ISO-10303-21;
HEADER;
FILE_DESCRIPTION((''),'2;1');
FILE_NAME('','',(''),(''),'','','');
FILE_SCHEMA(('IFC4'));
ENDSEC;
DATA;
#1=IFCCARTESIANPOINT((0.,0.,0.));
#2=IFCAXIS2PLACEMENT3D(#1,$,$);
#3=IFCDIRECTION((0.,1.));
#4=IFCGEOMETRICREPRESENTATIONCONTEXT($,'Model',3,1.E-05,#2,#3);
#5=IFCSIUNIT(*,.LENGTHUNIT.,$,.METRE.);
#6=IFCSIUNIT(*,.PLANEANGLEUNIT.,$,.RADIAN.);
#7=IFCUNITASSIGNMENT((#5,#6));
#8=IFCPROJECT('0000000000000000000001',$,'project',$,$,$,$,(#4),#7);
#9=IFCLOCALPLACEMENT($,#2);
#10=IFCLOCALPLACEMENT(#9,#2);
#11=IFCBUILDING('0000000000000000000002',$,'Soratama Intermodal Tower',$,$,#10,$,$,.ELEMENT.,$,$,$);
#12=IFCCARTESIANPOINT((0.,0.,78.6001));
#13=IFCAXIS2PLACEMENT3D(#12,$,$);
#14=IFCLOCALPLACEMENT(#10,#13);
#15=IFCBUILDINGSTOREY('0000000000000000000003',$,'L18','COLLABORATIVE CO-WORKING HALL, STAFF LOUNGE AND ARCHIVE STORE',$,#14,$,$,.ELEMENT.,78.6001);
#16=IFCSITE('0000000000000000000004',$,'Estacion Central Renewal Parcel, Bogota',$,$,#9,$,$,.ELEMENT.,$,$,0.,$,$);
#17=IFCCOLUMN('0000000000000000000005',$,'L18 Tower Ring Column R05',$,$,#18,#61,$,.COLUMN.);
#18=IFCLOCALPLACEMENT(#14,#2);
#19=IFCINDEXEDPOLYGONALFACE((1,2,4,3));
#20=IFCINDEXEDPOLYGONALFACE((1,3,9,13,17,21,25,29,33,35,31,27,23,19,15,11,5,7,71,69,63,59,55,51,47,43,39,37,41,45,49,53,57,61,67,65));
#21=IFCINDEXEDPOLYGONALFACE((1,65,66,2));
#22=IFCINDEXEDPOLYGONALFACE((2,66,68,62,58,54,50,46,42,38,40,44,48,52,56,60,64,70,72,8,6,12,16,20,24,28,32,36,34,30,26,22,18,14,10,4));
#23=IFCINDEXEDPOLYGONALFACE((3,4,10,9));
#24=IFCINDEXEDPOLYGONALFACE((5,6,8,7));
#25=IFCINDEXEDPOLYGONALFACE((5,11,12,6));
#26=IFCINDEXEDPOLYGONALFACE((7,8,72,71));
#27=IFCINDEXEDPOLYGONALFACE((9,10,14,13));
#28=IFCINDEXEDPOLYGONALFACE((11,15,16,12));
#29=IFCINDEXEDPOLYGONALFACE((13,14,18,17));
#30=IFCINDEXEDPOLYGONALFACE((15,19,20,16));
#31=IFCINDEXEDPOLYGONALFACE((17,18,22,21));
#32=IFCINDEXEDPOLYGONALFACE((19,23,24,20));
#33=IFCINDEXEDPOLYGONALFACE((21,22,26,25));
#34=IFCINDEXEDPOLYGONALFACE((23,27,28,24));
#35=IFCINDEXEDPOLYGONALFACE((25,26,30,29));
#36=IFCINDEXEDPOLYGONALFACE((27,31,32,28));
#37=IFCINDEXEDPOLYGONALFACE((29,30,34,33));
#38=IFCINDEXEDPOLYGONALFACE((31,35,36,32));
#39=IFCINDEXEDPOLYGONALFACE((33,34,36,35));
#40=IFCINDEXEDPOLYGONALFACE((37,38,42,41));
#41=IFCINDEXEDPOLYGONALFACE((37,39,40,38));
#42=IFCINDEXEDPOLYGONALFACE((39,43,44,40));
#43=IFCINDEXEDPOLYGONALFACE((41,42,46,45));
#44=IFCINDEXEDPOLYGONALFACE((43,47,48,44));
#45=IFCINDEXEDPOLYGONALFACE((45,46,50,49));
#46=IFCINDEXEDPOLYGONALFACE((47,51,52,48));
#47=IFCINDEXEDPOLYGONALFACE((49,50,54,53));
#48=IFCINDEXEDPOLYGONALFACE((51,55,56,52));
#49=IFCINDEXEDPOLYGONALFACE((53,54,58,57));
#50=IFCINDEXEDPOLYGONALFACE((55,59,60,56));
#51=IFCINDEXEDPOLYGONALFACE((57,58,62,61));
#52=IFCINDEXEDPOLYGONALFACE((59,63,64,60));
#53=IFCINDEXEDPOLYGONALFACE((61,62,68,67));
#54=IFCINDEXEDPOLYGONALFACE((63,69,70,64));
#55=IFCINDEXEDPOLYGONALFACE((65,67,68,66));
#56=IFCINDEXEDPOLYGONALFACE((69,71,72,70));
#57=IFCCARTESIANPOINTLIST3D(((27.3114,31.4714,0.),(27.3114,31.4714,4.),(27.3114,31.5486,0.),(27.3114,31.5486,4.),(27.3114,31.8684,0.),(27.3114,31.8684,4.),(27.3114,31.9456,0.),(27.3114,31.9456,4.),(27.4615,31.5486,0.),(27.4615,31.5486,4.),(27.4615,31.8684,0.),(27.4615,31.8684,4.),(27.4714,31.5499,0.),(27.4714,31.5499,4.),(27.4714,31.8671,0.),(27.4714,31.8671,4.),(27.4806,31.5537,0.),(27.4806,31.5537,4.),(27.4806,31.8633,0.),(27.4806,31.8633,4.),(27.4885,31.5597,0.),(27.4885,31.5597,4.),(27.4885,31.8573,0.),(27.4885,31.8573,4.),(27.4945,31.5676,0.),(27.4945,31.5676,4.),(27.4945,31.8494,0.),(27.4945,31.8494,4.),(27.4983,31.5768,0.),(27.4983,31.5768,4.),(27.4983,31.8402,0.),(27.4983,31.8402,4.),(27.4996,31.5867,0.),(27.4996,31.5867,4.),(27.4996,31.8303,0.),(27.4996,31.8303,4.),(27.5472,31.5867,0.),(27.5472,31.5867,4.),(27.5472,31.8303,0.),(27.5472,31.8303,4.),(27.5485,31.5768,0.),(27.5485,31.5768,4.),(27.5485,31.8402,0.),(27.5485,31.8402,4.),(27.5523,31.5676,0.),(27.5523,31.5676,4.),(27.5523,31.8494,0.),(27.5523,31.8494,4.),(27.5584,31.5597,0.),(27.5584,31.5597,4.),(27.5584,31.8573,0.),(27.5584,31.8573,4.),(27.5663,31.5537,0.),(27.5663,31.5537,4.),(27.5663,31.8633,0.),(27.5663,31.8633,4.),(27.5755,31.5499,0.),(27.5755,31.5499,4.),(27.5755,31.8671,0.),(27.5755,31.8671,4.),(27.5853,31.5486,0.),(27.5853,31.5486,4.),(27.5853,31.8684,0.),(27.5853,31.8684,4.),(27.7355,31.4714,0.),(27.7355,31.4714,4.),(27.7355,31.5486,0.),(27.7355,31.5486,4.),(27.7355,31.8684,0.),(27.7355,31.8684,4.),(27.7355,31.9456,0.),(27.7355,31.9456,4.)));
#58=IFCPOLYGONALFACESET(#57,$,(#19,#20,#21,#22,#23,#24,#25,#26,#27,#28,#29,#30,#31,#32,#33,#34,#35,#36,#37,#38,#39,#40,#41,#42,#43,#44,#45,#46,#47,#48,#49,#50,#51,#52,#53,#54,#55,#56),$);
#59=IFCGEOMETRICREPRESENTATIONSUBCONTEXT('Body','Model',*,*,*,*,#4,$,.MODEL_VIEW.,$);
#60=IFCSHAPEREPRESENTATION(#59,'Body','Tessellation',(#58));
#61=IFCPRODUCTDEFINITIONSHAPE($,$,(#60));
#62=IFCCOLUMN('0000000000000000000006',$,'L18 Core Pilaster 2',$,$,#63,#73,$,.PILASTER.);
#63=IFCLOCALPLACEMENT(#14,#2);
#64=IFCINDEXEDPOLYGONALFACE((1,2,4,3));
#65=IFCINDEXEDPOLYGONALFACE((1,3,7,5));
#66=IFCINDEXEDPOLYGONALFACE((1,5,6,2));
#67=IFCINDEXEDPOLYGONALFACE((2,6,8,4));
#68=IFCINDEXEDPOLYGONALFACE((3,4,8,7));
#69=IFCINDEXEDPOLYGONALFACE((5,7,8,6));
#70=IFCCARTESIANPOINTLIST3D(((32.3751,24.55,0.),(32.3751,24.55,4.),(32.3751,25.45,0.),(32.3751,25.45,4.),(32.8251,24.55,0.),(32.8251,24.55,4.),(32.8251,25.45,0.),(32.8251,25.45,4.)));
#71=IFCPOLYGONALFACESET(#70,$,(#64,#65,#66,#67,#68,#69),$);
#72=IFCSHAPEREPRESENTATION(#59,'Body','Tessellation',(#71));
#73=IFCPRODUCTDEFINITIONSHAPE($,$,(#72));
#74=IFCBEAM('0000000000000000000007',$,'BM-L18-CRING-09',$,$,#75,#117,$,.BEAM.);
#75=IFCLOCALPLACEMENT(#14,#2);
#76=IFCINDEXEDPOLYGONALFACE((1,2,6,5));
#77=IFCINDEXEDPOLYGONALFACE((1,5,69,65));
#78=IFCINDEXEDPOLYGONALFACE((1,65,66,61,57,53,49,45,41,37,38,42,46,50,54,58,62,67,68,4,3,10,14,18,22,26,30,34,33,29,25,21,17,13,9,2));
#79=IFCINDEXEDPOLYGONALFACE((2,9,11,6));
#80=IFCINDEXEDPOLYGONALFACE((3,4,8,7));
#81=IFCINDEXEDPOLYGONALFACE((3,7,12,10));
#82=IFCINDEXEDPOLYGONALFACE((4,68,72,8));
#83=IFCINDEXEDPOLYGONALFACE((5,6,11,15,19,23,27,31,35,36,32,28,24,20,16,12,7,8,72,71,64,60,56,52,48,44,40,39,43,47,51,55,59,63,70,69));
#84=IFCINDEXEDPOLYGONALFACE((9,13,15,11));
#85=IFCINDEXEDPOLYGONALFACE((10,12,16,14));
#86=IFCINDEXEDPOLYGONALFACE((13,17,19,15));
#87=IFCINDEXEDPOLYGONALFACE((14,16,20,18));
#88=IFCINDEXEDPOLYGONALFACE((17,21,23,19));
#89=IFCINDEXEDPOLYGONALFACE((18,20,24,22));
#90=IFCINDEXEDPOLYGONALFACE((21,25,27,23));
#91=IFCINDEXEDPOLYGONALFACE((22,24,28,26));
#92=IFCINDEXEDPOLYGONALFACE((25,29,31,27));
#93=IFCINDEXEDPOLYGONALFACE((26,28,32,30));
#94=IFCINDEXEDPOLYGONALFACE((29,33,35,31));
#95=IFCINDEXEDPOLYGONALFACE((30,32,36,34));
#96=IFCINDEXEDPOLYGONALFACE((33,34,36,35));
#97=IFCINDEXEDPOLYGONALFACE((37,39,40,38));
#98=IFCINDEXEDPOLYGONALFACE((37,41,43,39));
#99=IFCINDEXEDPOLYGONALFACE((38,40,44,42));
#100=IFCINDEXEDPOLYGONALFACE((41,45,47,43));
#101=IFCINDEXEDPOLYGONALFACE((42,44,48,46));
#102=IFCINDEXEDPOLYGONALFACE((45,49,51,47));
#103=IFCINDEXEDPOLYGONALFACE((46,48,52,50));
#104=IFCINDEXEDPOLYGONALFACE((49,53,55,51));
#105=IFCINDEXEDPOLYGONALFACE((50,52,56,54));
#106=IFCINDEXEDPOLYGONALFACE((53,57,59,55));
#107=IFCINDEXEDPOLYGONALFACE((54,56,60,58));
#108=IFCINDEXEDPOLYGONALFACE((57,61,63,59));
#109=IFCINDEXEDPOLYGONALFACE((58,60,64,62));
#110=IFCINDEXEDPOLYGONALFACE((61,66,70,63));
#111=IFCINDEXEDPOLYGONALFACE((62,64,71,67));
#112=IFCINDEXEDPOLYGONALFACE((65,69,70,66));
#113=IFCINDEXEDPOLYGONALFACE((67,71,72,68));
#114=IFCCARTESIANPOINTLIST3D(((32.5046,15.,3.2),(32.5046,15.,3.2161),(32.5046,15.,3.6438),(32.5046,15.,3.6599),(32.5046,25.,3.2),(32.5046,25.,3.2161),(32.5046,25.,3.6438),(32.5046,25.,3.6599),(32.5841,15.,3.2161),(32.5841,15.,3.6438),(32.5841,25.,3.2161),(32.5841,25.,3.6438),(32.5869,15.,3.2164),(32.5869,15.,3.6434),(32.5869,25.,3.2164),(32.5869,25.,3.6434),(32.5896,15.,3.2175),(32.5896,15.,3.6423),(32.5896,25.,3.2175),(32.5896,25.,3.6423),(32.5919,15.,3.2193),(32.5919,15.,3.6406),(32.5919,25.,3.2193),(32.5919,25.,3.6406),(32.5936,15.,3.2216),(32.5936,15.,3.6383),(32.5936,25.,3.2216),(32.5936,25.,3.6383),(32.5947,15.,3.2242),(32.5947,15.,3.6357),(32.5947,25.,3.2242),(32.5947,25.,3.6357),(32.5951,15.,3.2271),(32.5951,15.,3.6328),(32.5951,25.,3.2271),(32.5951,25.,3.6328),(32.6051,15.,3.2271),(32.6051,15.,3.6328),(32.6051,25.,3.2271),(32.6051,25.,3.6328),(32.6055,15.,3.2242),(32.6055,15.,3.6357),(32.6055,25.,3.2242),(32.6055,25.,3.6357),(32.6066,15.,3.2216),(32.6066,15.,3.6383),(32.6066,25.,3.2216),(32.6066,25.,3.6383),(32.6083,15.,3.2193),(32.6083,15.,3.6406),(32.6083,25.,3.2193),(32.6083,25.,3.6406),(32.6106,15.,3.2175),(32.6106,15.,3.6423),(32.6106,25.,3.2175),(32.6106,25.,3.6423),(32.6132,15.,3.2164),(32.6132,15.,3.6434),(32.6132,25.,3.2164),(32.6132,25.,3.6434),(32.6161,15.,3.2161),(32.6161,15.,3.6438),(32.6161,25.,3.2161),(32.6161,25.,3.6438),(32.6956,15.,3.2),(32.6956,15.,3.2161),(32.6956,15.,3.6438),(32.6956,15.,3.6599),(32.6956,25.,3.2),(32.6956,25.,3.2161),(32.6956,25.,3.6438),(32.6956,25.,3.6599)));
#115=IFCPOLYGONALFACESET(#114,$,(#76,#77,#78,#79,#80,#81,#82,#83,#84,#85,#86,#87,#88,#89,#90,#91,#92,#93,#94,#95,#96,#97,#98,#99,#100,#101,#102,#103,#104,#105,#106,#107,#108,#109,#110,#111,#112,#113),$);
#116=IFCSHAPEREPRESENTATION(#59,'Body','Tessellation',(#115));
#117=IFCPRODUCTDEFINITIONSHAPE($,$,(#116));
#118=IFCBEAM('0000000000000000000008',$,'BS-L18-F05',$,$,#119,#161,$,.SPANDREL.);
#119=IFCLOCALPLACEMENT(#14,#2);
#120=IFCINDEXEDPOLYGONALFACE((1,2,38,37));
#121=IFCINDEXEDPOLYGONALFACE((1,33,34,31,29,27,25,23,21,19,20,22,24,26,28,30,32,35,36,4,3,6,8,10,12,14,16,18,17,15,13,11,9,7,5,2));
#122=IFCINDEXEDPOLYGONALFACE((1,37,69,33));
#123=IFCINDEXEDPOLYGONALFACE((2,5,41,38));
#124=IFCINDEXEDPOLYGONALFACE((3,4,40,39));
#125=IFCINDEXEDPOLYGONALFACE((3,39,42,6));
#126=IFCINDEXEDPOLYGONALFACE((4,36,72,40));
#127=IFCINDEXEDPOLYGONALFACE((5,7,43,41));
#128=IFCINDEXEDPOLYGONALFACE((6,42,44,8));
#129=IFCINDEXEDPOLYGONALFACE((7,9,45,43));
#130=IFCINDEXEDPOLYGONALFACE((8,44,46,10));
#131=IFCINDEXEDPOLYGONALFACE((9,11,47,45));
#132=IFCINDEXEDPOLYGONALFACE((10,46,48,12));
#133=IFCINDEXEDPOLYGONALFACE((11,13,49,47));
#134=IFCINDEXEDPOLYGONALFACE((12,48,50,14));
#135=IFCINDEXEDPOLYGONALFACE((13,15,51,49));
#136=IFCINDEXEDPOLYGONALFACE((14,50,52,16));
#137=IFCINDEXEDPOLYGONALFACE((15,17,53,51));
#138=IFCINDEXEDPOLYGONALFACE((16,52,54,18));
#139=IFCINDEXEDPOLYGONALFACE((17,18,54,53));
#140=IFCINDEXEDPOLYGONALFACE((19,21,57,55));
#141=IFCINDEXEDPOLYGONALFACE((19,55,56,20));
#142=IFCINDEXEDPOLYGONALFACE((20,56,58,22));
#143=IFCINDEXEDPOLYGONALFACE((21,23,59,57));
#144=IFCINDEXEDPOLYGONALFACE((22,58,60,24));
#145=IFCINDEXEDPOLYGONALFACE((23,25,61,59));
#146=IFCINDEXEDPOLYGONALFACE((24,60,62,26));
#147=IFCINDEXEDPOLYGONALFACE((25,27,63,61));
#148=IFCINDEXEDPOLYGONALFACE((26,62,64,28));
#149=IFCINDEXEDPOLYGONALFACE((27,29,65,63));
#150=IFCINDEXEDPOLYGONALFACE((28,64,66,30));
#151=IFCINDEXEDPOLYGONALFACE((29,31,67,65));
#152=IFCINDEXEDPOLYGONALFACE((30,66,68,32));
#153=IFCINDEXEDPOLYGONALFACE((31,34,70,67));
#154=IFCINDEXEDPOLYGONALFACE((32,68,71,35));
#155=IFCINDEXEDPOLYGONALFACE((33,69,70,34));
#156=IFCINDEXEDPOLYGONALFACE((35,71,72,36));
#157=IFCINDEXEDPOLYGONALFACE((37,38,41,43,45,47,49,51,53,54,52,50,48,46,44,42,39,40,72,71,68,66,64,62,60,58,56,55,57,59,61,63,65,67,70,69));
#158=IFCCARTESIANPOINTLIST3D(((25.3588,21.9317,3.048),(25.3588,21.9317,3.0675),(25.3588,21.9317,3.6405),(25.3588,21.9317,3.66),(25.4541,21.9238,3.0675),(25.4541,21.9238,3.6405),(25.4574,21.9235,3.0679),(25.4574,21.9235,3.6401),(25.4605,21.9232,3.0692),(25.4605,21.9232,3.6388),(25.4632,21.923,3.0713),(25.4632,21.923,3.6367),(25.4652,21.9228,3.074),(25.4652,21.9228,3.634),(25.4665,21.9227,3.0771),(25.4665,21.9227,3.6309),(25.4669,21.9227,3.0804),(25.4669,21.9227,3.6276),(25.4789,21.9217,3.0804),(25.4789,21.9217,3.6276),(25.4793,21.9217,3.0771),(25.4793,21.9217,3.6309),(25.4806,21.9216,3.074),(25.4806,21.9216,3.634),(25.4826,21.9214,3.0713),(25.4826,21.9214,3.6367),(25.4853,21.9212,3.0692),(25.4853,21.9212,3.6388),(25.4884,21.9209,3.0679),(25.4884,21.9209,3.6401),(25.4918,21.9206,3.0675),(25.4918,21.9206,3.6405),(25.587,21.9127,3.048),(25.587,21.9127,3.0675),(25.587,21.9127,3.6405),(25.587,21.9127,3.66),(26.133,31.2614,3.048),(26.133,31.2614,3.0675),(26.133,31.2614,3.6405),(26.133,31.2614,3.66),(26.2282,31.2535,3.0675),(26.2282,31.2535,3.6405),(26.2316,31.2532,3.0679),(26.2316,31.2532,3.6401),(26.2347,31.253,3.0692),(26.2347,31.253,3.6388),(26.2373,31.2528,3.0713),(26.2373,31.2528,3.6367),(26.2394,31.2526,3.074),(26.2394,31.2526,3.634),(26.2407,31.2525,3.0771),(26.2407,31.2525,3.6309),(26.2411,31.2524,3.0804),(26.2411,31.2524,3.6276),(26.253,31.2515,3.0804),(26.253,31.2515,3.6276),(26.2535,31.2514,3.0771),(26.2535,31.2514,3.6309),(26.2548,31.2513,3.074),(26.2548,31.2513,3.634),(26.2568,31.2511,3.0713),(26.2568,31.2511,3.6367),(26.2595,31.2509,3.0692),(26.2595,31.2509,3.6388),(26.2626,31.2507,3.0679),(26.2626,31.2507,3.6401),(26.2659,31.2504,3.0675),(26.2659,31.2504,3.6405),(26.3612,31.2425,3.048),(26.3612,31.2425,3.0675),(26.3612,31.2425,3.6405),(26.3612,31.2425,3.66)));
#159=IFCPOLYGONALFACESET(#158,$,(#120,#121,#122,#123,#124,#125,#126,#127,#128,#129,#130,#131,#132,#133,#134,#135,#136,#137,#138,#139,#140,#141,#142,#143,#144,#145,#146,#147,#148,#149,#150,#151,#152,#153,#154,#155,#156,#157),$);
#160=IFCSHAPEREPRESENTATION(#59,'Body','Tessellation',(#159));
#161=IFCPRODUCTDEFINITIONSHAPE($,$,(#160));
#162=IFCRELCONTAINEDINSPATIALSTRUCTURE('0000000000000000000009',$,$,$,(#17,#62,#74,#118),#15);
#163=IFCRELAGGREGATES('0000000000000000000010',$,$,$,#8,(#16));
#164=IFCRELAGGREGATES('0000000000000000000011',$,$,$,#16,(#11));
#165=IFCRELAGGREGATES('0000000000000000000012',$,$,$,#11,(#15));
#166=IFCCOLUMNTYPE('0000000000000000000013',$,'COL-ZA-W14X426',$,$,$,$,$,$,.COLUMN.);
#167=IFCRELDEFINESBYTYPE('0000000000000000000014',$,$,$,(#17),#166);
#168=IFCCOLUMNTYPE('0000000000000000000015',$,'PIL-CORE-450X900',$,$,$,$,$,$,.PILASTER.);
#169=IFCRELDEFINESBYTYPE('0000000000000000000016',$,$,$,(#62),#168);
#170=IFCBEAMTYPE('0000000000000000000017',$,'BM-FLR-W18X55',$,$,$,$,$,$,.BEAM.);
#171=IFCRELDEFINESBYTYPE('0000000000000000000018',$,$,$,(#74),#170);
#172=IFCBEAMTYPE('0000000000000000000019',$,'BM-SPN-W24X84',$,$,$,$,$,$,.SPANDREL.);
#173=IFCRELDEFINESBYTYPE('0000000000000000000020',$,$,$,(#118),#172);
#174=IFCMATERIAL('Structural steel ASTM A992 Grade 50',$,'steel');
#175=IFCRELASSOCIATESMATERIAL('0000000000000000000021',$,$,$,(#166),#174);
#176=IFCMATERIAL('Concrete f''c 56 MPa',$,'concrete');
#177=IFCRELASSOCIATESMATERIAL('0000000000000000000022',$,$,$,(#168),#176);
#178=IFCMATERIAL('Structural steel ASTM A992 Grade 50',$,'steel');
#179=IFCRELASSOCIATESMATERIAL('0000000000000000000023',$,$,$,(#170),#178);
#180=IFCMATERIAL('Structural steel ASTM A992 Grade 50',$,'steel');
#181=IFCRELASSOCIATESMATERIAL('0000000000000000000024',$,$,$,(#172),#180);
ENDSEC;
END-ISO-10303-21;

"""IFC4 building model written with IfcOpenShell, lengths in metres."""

from ifc_helpers import new_model, si_unit, direction, frame, origin, origin_2d, place, context, subcontext, project, spatial, rectangle, i_section, extrude, material, material_profile, profile_set, type_object, element, save


model = new_model("IFC4")

# Units and contexts
model_context = context("Model", 3, precision=1e-05, world=origin(), true_north=direction((0.0, 1.0)))
body_context = subcontext(model_context, "Body", "Model", "MODEL_VIEW")
ifc_project = project(units=[si_unit("LENGTHUNIT", "METRE"), si_unit("PLANEANGLEUNIT", "RADIAN")], contexts=[model_context])

# Site, building, storey
site_placement = place(None, origin())
site = spatial("IfcSite", under=ifc_project, at=site_placement, Name="Estacion Central Renewal Parcel, Bogota", CompositionType="ELEMENT", RefElevation=0.0)
building_placement = place(site_placement, origin())
building = spatial("IfcBuilding", under=site, at=building_placement, Name="Soratama Intermodal Tower", CompositionType="ELEMENT")
storey_placement = place(building_placement, frame((0.0, 0.0, 78.6001)))
storey = spatial("IfcBuildingStorey", under=building, at=storey_placement, Name="L18", Description="COLLABORATIVE CO-WORKING HALL, STAFF LOUNGE AND ARCHIVE STORE", CompositionType="ELEMENT", Elevation=78.6001)

# Columns
ifc_material_1 = material(Name="Structural steel ASTM A992 Grade 50", Category="steel")
ifc_material_profile_1 = material_profile(ifc_material_1, i_section(OverallWidth=0.4241, OverallDepth=0.4741, WebThickness=0.0476, FlangeThickness=0.0771, FilletRadius=0.0381, at=origin_2d()), Name="W14X426")
ifc_profile_set_1 = profile_set([ifc_material_profile_1], Name="Structural steel ASTM A992 Grade 50")
column_type_1 = type_object("IfcColumnType", Name="COL-ZA-W14X426", PredefinedType="COLUMN", material=ifc_profile_set_1)
column_1_placement = place(storey_placement, frame((27.5234, 31.7085, 0.0), z_axis=(0.0, 0.0, 1.0), x_axis=(1.0, 0.0, 0.0)))
element("IfcColumn", 1, at=column_1_placement, inside=storey, type_object=column_type_1, Name="L18 Tower Ring Column R05", PredefinedType="COLUMN", context=body_context, shape_type="SweptSolid", body=[
    extrude(i_section(OverallWidth=0.4241, OverallDepth=0.4741, WebThickness=0.0476, FlangeThickness=0.0771, FilletRadius=0.0381, at=origin_2d()), origin(), (0.0, 0.0, 1.0), 4.0),
])
ifc_material_2 = material(Name="Concrete f'c 56 MPa", Category="concrete")
ifc_material_profile_2 = material_profile(ifc_material_2, rectangle(XDim=0.45, YDim=0.8999, at=origin_2d()), Name="RC450X900")
ifc_profile_set_2 = profile_set([ifc_material_profile_2], Name="Concrete f'c 56 MPa")
column_type_2 = type_object("IfcColumnType", Name="PIL-CORE-450X900", PredefinedType="PILASTER", material=ifc_profile_set_2)
column_2_placement = place(storey_placement, frame((32.6001, 25.0, 0.0), z_axis=(0.0, 0.0, 1.0), x_axis=(1.0, 0.0, 0.0)))
element("IfcColumn", 2, at=column_2_placement, inside=storey, type_object=column_type_2, Name="L18 Core Pilaster 2", PredefinedType="PILASTER", context=body_context, shape_type="SweptSolid", body=[
    extrude(rectangle(XDim=0.45, YDim=0.8999, at=origin_2d()), origin(), (0.0, 0.0, 1.0), 4.0),
])

# Beams
ifc_material_3 = material(Name="Structural steel ASTM A992 Grade 50", Category="steel")
ifc_material_profile_3 = material_profile(ifc_material_3, i_section(OverallWidth=0.1909, OverallDepth=0.46, WebThickness=0.01, FlangeThickness=0.0161, FilletRadius=0.011, at=origin_2d()), Name="W18X55")
ifc_profile_set_3 = profile_set([ifc_material_profile_3], Name="Structural steel ASTM A992 Grade 50")
beam_type_1 = type_object("IfcBeamType", Name="BM-FLR-W18X55", PredefinedType="BEAM", material=ifc_profile_set_3)
beam_1_placement = place(storey_placement, frame((32.6001, 25.0, 3.4299), z_axis=(0.0, -1.0, 0.0), x_axis=(1.0, 0.0, 0.0)))
element("IfcBeam", 3, at=beam_1_placement, inside=storey, type_object=beam_type_1, Name="BM-L18-CRING-09", PredefinedType="BEAM", context=body_context, shape_type="SweptSolid", body=[
    extrude(i_section(OverallWidth=0.1909, OverallDepth=0.46, WebThickness=0.01, FlangeThickness=0.0161, FilletRadius=0.011, at=origin_2d()), origin(), (0.0, 0.0, 1.0), 10.0),
])
ifc_material_4 = material(Name="Structural steel ASTM A992 Grade 50", Category="steel")
ifc_material_profile_4 = material_profile(ifc_material_4, i_section(OverallWidth=0.229, OverallDepth=0.6121, WebThickness=0.012, FlangeThickness=0.0195, FilletRadius=0.0129, at=origin_2d()), Name="W24X84")
ifc_profile_set_4 = profile_set([ifc_material_profile_4], Name="Structural steel ASTM A992 Grade 50")
beam_type_2 = type_object("IfcBeamType", Name="BM-SPN-W24X84", PredefinedType="SPANDREL", material=ifc_profile_set_4)
beam_2_placement = place(storey_placement, frame((26.2471, 31.252, 3.354), z_axis=(-0.082694, -0.996575, 0.0), x_axis=(0.996575, -0.082694, 0.0)))
element("IfcBeam", 4, at=beam_2_placement, inside=storey, type_object=beam_type_2, Name="BS-L18-F05", PredefinedType="SPANDREL", context=body_context, shape_type="SweptSolid", body=[
    extrude(i_section(OverallWidth=0.229, OverallDepth=0.6121, WebThickness=0.012, FlangeThickness=0.0195, FilletRadius=0.0129, at=origin_2d()), origin(), (0.0, 0.0, 1.0), 9.3618),
])

save(model, "model.ifc")
